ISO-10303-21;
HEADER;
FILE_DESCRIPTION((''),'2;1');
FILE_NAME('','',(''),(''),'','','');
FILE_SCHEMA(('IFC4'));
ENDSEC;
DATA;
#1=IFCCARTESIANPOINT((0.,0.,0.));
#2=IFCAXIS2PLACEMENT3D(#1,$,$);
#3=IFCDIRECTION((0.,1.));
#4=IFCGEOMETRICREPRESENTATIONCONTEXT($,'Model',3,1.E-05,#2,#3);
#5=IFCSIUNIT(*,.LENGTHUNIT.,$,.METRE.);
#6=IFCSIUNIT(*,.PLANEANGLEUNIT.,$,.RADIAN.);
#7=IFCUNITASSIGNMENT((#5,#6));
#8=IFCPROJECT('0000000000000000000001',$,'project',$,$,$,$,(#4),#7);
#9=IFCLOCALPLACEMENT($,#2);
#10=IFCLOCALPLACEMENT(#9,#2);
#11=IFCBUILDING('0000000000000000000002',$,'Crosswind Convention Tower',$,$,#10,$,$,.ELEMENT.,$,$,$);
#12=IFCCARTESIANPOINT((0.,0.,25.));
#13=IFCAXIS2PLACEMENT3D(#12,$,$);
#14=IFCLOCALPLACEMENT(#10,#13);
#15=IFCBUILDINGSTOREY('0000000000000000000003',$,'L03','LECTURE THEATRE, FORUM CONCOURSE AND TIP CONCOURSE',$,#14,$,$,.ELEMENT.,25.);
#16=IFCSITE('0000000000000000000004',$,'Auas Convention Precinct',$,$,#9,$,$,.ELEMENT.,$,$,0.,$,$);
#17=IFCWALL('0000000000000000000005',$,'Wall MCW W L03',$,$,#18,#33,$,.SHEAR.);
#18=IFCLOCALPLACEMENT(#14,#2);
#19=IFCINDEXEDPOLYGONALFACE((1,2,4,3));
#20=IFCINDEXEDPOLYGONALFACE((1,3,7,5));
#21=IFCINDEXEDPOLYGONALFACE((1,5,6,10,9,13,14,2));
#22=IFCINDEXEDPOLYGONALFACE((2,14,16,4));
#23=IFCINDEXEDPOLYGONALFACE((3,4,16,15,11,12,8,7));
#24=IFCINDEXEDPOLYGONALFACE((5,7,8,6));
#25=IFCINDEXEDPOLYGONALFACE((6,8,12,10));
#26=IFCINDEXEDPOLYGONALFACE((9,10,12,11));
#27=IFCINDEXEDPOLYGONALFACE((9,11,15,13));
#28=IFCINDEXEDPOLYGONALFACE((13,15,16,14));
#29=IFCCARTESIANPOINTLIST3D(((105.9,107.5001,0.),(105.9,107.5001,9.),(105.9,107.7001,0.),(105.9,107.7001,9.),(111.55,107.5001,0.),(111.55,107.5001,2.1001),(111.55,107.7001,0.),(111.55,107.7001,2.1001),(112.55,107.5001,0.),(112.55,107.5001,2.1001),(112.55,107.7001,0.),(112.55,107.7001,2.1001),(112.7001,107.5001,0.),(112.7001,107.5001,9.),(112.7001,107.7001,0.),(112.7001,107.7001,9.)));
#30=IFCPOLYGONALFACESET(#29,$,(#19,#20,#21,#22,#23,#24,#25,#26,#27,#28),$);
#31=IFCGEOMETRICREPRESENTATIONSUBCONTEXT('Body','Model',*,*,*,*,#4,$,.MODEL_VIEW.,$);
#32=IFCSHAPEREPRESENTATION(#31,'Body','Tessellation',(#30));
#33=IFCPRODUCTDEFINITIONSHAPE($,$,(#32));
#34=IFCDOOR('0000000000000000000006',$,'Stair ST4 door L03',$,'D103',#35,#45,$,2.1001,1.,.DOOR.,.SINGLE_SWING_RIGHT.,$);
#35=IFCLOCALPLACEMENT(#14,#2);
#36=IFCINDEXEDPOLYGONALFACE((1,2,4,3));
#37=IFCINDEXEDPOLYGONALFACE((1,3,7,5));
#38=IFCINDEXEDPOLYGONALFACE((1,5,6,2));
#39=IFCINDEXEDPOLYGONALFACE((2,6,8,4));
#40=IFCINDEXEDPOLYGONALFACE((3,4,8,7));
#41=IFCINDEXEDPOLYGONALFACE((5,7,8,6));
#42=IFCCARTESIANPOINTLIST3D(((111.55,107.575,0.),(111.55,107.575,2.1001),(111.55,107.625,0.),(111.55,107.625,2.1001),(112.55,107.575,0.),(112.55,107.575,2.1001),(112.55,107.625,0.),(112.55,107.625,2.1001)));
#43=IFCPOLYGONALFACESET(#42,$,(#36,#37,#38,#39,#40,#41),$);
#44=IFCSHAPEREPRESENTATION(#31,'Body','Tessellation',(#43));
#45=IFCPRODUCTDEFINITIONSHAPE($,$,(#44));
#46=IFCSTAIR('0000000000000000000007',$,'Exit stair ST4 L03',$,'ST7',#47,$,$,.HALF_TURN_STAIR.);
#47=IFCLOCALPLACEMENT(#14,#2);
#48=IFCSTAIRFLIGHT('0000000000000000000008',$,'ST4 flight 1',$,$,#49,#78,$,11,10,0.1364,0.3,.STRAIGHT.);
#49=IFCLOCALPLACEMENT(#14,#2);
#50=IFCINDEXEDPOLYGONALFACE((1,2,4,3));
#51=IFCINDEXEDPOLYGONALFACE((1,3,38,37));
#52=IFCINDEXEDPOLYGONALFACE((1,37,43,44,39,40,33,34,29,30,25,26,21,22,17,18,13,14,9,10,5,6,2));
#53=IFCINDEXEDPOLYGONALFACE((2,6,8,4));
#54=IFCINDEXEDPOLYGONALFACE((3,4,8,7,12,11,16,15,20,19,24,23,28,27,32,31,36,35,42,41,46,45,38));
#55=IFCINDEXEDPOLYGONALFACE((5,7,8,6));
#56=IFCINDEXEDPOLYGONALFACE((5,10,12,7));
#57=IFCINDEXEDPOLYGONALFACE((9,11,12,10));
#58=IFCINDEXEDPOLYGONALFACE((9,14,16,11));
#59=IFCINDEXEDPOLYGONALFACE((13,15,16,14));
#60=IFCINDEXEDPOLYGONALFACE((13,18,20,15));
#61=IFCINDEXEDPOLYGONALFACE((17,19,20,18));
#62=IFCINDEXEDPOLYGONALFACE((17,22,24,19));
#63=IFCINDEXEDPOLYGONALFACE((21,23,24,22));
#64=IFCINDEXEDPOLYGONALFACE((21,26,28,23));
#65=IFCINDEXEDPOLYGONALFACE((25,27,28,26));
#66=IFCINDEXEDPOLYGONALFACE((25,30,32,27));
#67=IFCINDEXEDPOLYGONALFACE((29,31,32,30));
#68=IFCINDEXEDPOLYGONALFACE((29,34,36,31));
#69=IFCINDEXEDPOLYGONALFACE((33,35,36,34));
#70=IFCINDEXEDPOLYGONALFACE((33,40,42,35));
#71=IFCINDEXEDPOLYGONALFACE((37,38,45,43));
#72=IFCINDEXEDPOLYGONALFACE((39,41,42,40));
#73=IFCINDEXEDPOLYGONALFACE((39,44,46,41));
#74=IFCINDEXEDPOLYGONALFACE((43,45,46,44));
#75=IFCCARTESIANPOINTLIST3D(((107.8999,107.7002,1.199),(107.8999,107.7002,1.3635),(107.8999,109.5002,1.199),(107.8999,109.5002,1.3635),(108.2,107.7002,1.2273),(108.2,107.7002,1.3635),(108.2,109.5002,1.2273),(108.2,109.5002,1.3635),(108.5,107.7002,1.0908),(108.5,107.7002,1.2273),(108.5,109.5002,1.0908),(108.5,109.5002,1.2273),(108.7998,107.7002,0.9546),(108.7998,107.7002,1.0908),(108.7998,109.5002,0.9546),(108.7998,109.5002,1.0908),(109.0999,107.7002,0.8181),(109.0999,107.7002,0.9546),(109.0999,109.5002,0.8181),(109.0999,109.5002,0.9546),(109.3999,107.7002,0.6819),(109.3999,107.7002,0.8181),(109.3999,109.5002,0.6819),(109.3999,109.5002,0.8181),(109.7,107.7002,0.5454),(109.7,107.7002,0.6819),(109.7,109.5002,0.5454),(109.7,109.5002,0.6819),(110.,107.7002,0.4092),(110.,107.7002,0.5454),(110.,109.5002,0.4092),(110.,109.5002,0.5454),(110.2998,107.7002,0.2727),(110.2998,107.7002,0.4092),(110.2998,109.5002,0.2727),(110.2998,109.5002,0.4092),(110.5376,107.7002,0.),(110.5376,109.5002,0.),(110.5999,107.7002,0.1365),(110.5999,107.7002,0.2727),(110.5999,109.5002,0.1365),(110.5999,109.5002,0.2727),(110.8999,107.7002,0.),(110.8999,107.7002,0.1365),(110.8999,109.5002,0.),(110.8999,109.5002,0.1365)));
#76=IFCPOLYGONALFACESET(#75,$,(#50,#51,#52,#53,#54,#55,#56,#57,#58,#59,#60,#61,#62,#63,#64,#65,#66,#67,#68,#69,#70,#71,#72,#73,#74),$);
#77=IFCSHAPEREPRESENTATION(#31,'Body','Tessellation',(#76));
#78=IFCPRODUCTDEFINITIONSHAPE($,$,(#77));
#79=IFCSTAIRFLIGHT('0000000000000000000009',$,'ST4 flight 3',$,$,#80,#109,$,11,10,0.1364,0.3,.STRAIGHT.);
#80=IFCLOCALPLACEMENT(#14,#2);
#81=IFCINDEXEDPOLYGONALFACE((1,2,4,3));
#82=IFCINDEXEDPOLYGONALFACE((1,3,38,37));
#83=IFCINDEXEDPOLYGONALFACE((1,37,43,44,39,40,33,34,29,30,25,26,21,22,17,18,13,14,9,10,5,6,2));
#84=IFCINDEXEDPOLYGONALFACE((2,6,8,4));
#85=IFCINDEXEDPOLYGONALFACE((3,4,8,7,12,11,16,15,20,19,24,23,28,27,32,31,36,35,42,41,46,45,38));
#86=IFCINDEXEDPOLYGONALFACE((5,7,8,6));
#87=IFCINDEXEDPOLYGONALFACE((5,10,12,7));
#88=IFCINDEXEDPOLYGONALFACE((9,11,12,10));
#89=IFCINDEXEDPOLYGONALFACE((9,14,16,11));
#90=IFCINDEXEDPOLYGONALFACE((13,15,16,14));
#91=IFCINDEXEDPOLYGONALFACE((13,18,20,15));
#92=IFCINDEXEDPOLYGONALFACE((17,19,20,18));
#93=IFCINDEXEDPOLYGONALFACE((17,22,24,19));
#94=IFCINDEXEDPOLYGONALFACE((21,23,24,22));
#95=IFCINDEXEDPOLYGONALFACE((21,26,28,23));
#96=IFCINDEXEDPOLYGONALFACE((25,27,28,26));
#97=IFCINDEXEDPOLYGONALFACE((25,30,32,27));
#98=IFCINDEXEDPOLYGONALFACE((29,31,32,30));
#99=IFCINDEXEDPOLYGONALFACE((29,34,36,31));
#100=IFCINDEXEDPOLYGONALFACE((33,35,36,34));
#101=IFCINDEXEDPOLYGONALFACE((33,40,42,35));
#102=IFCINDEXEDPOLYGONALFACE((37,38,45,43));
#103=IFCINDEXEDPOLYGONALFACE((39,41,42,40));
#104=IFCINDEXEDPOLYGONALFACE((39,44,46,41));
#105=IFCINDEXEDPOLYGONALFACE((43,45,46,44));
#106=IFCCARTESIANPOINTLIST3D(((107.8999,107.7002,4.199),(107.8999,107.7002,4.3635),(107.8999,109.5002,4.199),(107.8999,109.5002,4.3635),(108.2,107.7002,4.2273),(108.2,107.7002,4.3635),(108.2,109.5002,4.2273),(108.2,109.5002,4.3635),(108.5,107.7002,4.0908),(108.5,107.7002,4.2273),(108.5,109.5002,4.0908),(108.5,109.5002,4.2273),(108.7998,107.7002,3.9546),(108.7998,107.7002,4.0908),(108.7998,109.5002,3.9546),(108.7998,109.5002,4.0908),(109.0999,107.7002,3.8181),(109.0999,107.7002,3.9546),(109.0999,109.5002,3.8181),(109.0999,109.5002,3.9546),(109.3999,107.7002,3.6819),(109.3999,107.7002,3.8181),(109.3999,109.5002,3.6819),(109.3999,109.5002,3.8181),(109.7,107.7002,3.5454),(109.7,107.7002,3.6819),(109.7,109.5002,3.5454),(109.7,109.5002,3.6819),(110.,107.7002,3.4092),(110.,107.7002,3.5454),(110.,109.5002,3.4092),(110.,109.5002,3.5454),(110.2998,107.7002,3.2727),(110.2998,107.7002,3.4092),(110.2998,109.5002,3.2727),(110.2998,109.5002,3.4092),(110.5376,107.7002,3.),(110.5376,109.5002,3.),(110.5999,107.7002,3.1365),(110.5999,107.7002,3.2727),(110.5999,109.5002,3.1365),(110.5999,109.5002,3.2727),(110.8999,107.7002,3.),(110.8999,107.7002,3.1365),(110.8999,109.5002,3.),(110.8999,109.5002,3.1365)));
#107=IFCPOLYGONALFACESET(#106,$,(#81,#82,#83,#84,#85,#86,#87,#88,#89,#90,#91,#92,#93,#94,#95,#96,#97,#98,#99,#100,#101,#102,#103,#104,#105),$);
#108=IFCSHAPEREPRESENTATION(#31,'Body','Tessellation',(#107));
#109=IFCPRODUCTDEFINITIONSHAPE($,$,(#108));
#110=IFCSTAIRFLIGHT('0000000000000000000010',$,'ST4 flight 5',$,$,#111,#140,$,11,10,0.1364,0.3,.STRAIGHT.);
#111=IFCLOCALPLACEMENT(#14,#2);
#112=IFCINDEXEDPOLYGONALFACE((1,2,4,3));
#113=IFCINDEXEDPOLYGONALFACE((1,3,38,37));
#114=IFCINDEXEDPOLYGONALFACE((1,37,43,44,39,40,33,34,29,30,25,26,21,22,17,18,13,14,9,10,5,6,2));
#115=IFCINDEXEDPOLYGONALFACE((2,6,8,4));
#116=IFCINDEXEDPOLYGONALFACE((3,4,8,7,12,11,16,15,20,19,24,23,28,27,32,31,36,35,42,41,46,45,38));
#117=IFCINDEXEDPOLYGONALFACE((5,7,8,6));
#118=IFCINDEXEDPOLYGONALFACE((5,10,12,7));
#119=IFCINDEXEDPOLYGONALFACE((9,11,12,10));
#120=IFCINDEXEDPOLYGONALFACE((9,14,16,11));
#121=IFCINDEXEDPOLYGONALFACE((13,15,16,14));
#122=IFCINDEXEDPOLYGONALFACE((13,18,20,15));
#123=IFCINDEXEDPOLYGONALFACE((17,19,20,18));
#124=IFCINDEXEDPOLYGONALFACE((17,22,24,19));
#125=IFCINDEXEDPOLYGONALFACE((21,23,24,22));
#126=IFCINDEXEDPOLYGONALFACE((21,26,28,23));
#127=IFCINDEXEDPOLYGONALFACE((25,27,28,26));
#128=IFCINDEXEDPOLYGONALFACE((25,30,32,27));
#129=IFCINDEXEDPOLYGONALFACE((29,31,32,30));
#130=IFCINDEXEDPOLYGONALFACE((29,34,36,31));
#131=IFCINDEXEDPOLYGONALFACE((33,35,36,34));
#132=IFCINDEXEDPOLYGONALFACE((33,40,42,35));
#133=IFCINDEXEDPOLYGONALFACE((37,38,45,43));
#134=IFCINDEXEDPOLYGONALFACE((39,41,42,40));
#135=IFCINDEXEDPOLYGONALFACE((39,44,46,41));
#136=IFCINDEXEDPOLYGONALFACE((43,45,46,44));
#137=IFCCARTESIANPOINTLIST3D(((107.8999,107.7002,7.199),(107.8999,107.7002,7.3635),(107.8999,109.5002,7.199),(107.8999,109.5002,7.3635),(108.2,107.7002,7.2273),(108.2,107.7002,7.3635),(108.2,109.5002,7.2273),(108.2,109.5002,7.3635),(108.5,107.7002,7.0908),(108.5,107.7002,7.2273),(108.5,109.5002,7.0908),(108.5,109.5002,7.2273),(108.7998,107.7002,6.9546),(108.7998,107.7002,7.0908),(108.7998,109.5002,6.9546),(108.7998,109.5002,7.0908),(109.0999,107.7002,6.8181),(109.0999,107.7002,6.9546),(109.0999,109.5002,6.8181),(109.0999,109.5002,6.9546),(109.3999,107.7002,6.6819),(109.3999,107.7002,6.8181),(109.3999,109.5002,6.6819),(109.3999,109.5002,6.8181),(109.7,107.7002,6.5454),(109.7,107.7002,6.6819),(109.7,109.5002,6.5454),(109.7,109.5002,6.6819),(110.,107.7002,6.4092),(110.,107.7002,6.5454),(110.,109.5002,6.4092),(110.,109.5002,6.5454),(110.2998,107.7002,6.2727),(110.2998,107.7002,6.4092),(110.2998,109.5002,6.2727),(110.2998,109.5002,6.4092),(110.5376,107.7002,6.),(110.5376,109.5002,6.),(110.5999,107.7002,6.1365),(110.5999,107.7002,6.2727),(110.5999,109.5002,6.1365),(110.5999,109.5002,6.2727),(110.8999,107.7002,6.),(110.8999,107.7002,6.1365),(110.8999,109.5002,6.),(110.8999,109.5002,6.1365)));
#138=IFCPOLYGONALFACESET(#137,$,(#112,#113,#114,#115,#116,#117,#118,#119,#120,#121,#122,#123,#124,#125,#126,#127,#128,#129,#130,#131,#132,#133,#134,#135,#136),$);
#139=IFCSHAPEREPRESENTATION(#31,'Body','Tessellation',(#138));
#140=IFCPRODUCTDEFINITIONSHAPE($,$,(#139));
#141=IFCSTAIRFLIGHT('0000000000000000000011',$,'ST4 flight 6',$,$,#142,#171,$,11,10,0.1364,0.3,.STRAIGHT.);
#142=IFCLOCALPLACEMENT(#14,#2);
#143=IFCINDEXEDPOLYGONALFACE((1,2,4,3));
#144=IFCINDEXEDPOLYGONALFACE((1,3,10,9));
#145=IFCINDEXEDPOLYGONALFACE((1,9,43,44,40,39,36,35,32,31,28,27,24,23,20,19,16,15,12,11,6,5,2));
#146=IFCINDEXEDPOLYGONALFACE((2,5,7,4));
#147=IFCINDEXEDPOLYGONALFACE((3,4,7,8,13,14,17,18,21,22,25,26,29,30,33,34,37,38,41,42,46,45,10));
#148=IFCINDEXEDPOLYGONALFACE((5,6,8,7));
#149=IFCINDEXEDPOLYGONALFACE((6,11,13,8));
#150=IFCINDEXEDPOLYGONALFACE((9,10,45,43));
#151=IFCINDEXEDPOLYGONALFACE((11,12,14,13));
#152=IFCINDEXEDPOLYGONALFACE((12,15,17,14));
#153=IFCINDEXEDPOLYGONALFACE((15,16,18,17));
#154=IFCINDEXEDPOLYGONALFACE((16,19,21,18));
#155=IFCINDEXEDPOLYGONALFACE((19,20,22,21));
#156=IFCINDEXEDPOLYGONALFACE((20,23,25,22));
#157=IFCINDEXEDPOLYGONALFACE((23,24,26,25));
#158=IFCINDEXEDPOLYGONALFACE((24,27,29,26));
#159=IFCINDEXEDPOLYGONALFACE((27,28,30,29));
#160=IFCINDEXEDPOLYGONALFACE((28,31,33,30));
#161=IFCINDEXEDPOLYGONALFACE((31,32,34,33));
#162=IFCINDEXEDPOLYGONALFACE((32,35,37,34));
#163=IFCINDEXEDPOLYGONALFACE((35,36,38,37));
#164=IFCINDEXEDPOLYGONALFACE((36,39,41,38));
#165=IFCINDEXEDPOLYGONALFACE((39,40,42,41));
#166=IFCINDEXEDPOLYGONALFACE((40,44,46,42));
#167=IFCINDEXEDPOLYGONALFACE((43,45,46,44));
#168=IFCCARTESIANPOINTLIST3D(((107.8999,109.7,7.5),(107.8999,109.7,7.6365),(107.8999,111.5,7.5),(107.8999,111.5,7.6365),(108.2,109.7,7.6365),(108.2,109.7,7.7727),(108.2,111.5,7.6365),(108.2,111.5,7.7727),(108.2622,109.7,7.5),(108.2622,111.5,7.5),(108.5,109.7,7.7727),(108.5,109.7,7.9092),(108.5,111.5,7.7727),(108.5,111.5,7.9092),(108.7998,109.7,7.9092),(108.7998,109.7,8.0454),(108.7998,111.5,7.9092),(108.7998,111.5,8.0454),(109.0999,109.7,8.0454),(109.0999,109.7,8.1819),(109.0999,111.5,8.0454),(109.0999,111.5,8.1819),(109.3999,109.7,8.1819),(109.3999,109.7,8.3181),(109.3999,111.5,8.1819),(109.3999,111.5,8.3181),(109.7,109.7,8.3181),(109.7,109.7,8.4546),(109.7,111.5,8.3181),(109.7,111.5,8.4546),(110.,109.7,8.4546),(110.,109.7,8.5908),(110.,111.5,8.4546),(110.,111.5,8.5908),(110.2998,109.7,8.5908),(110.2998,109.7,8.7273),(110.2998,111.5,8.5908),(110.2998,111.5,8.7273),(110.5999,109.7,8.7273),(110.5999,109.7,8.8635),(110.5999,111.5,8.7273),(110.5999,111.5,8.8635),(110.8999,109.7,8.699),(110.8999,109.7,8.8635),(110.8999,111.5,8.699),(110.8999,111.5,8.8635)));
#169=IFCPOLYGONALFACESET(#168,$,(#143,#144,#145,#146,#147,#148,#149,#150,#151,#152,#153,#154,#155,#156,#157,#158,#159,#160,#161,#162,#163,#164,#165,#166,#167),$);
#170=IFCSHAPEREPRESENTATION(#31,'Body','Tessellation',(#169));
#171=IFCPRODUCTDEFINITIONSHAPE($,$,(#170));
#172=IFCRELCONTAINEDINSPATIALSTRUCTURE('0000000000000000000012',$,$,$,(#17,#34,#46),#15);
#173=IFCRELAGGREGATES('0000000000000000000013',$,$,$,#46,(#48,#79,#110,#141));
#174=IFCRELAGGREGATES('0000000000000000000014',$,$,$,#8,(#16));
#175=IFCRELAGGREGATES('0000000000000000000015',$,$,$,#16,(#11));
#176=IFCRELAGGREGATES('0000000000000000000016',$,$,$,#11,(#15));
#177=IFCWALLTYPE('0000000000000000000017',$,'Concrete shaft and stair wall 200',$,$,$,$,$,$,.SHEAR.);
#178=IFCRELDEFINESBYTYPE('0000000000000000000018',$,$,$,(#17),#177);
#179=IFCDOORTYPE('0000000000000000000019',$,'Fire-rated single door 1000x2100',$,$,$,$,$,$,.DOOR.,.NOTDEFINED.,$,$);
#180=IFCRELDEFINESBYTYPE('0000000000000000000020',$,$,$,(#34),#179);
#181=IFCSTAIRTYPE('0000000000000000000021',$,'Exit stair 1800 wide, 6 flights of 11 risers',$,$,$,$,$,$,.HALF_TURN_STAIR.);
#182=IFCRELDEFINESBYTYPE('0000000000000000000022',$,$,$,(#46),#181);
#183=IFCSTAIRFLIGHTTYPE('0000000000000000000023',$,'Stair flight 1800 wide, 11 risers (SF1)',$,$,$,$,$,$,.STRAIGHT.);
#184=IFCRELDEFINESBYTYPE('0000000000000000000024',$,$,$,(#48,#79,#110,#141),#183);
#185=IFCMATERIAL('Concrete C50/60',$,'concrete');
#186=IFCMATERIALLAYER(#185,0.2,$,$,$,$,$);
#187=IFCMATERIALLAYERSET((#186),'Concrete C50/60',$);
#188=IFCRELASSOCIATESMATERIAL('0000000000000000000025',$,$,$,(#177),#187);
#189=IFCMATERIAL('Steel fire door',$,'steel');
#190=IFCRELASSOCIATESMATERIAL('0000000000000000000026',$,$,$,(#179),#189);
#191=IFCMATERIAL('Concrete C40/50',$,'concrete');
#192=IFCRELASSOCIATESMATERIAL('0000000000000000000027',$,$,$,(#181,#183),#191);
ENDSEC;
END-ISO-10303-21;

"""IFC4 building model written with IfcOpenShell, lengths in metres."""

from ifc_helpers import new_model, si_unit, direction, frame, frame_2d, origin, place, context, subcontext, project, spatial, polyline, rectangle, outline, extrude, material, layer, layer_set, type_object, element, fill, aggregate, save


model = new_model("IFC4")

# Units and contexts
model_context = context("Model", 3, precision=1e-05, world=origin(), true_north=direction((0.0, 1.0)))
body_context = subcontext(model_context, "Body", "Model", "MODEL_VIEW")
ifc_project = project(units=[si_unit("LENGTHUNIT", "METRE"), si_unit("PLANEANGLEUNIT", "RADIAN")], contexts=[model_context])

# Site, building, storey
site_placement = place(None, origin())
site = spatial("IfcSite", under=ifc_project, at=site_placement, Name="Auas Convention Precinct", CompositionType="ELEMENT", RefElevation=0.0)
building_placement = place(site_placement, origin())
building = spatial("IfcBuilding", under=site, at=building_placement, Name="Crosswind Convention Tower", CompositionType="ELEMENT")
storey_placement = place(building_placement, frame((0.0, 0.0, 25.0)))
storey = spatial("IfcBuildingStorey", under=building, at=storey_placement, Name="L03", Description="LECTURE THEATRE, FORUM CONCOURSE AND TIP CONCOURSE", CompositionType="ELEMENT", Elevation=25.0)

# Shared definitions
ifc_material_1 = material(Name="Concrete C50/60", Category="concrete")

# Shared definitions
ifc_layer_1 = layer(ifc_material_1, 0.2)
ifc_layer_set_1 = layer_set([ifc_layer_1], Name="Concrete C50/60")
wall_type_1 = type_object("IfcWallType", Name="Concrete shaft and stair wall 200", PredefinedType="SHEAR", material=ifc_layer_set_1)

# Wall, opening, door
ifc_material_2 = material(Name="Steel fire door", Category="steel")
wall_1_placement = place(storey_placement, frame((112.7, 107.6001, 0.0), z_axis=(0.0, 0.0, 1.0), x_axis=(-1.0, 0.0, 0.0)))
wall_1 = element("IfcWall", 1, at=wall_1_placement, inside=storey, type_object=wall_type_1, Name="Wall MCW W L03", PredefinedType="SHEAR", context=body_context, shape_type="SweptSolid", body=[
    extrude(rectangle(XDim=6.8, YDim=0.2, at=frame_2d((3.3999, 0.0))), origin(), (0.0, 0.0, 1.0), 9.0),
])
opening_1_placement = place(wall_1_placement, frame((0.1499, 0.0, 0.0)))
opening_1 = element("IfcOpeningElement", 2, at=opening_1_placement, cuts=wall_1, PredefinedType="OPENING", context=body_context, shape_type="SweptSolid", body=[
    extrude(rectangle(XDim=1.0, YDim=2.1001, at=frame_2d((0.5, 1.05))), frame((0.0, 0.1099, 0.0), z_axis=(0.0, -1.0, 0.0), x_axis=(1.0, 0.0, 0.0)), (0.0, 0.0, 1.0), 0.22),
])
door_type_1 = type_object("IfcDoorType", Name="Fire-rated single door 1000x2100", OperationType="NOTDEFINED", PredefinedType="DOOR", material=ifc_material_2)
door_1_placement = place(opening_1_placement, frame((1.0, 0.0, 0.0), z_axis=(0.0, 0.0, 1.0), x_axis=(-1.0, 0.0, 0.0)))
door_1 = element("IfcDoor", 3, at=door_1_placement, inside=storey, type_object=door_type_1, Name="Stair ST4 door L03", ObjectType="D103", OperationType="SINGLE_SWING_RIGHT", OverallHeight=2.1001, OverallWidth=1.0, PredefinedType="DOOR", context=body_context, shape_type="SweptSolid", body=[
    extrude(rectangle(XDim=1.0, YDim=2.1001, at=frame_2d((0.5, 1.05))), frame((0.0, 0.0249, 0.0), z_axis=(0.0, -1.0, 0.0), x_axis=(1.0, 0.0, 0.0)), (0.0, 0.0, 1.0), 0.05),
])
fill(opening_1, door_1)

# Stair, stair flights
ifc_material_3 = material(Name="Concrete C40/50", Category="concrete")
stair_type = type_object("IfcStairType", Name="Exit stair 1800 wide, 6 flights of 11 risers", PredefinedType="HALF_TURN_STAIR", material=ifc_material_3)
stair_placement = place(storey_placement, origin())
stair = element("IfcStair", 4, at=stair_placement, inside=storey, type_object=stair_type, Name="Exit stair ST4 L03", ObjectType="ST7", PredefinedType="HALF_TURN_STAIR")
stair_flight_type = type_object("IfcStairFlightType", Name="Stair flight 1800 wide, 11 risers (SF1)", PredefinedType="STRAIGHT", material=ifc_material_3)
stair_flight_1_placement = place(storey_placement, frame((110.8999, 108.6001, 0.0), z_axis=(0.0, 0.0, 1.0), x_axis=(-1.0, 0.0, 0.0)))
stair_flight_1 = element("IfcStairFlight", 5, at=stair_flight_1_placement, type_object=stair_flight_type, Name="ST4 flight 1", NumberOfRisers=11, NumberOfTreads=10, PredefinedType="STRAIGHT", RiserHeight=0.1364, TreadLength=0.3, context=body_context, shape_type="SweptSolid", body=[
    extrude(outline(polyline([(0.0, 0.0), (0.0, 0.1365), (0.3, 0.1365), (0.3, 0.2727), (0.6001, 0.2727), (0.6001, 0.4092), (0.8999, 0.4092), (0.8999, 0.5454), (1.2, 0.5454), (1.2, 0.6819), (1.5, 0.6819), (1.5, 0.8181), (1.8, 0.8181), (1.8, 0.9546), (2.1001, 0.9546), (2.1001, 1.0908), (2.3999, 1.0908), (2.3999, 1.2273), (2.7, 1.2273), (2.7, 1.3635), (3.0, 1.3635), (3.0, 1.5), (3.0, 1.199), (0.3623, 0.0), (0.0, 0.0)])), frame((0.0, 0.8999, 0.0), z_axis=(0.0, -1.0, 0.0), x_axis=(1.0, 0.0, 0.0)), (0.0, 0.0, 1.0), 1.8),
])
stair_flight_2_placement = place(storey_placement, frame((110.8999, 108.6001, 3.0), z_axis=(0.0, 0.0, 1.0), x_axis=(-1.0, 0.0, 0.0)))
stair_flight_2 = element("IfcStairFlight", 6, at=stair_flight_2_placement, type_object=stair_flight_type, Name="ST4 flight 3", NumberOfRisers=11, NumberOfTreads=10, PredefinedType="STRAIGHT", RiserHeight=0.1364, TreadLength=0.3, context=body_context, shape_type="SweptSolid", body=[
    extrude(outline(polyline([(0.0, 0.0), (0.0, 0.1365), (0.3, 0.1365), (0.3, 0.2727), (0.6001, 0.2727), (0.6001, 0.4092), (0.8999, 0.4092), (0.8999, 0.5454), (1.2, 0.5454), (1.2, 0.6819), (1.5, 0.6819), (1.5, 0.8181), (1.8, 0.8181), (1.8, 0.9546), (2.1001, 0.9546), (2.1001, 1.0908), (2.3999, 1.0908), (2.3999, 1.2273), (2.7, 1.2273), (2.7, 1.3635), (3.0, 1.3635), (3.0, 1.5), (3.0, 1.199), (0.3623, 0.0), (0.0, 0.0)])), frame((0.0, 0.8999, 0.0), z_axis=(0.0, -1.0, 0.0), x_axis=(1.0, 0.0, 0.0)), (0.0, 0.0, 1.0), 1.8),
])
stair_flight_3_placement = place(storey_placement, frame((110.8999, 108.6001, 6.0), z_axis=(0.0, 0.0, 1.0), x_axis=(-1.0, 0.0, 0.0)))
stair_flight_3 = element("IfcStairFlight", 7, at=stair_flight_3_placement, type_object=stair_flight_type, Name="ST4 flight 5", NumberOfRisers=11, NumberOfTreads=10, PredefinedType="STRAIGHT", RiserHeight=0.1364, TreadLength=0.3, context=body_context, shape_type="SweptSolid", body=[
    extrude(outline(polyline([(0.0, 0.0), (0.0, 0.1365), (0.3, 0.1365), (0.3, 0.2727), (0.6001, 0.2727), (0.6001, 0.4092), (0.8999, 0.4092), (0.8999, 0.5454), (1.2, 0.5454), (1.2, 0.6819), (1.5, 0.6819), (1.5, 0.8181), (1.8, 0.8181), (1.8, 0.9546), (2.1001, 0.9546), (2.1001, 1.0908), (2.3999, 1.0908), (2.3999, 1.2273), (2.7, 1.2273), (2.7, 1.3635), (3.0, 1.3635), (3.0, 1.5), (3.0, 1.199), (0.3623, 0.0), (0.0, 0.0)])), frame((0.0, 0.8999, 0.0), z_axis=(0.0, -1.0, 0.0), x_axis=(1.0, 0.0, 0.0)), (0.0, 0.0, 1.0), 1.8),
])
stair_flight_4_placement = place(storey_placement, frame((107.8999, 110.6001, 7.5), z_axis=(0.0, 0.0, 1.0), x_axis=(1.0, 0.0, 0.0)))
stair_flight_4 = element("IfcStairFlight", 8, at=stair_flight_4_placement, type_object=stair_flight_type, Name="ST4 flight 6", NumberOfRisers=11, NumberOfTreads=10, PredefinedType="STRAIGHT", RiserHeight=0.1364, TreadLength=0.3, context=body_context, shape_type="SweptSolid", body=[
    extrude(outline(polyline([(0.0, 0.0), (0.0, 0.1365), (0.3, 0.1365), (0.3, 0.2727), (0.6001, 0.2727), (0.6001, 0.4092), (0.8999, 0.4092), (0.8999, 0.5454), (1.2, 0.5454), (1.2, 0.6819), (1.5, 0.6819), (1.5, 0.8181), (1.8, 0.8181), (1.8, 0.9546), (2.1001, 0.9546), (2.1001, 1.0908), (2.3999, 1.0908), (2.3999, 1.2273), (2.7, 1.2273), (2.7, 1.3635), (3.0, 1.3635), (3.0, 1.5), (3.0, 1.199), (0.3623, 0.0), (0.0, 0.0)])), frame((0.0, 0.8999, 0.0), z_axis=(0.0, -1.0, 0.0), x_axis=(1.0, 0.0, 0.0)), (0.0, 0.0, 1.0), 1.8),
])
aggregate(stair, [stair_flight_1, stair_flight_2, stair_flight_3, stair_flight_4])

save(model, "model.ifc")
